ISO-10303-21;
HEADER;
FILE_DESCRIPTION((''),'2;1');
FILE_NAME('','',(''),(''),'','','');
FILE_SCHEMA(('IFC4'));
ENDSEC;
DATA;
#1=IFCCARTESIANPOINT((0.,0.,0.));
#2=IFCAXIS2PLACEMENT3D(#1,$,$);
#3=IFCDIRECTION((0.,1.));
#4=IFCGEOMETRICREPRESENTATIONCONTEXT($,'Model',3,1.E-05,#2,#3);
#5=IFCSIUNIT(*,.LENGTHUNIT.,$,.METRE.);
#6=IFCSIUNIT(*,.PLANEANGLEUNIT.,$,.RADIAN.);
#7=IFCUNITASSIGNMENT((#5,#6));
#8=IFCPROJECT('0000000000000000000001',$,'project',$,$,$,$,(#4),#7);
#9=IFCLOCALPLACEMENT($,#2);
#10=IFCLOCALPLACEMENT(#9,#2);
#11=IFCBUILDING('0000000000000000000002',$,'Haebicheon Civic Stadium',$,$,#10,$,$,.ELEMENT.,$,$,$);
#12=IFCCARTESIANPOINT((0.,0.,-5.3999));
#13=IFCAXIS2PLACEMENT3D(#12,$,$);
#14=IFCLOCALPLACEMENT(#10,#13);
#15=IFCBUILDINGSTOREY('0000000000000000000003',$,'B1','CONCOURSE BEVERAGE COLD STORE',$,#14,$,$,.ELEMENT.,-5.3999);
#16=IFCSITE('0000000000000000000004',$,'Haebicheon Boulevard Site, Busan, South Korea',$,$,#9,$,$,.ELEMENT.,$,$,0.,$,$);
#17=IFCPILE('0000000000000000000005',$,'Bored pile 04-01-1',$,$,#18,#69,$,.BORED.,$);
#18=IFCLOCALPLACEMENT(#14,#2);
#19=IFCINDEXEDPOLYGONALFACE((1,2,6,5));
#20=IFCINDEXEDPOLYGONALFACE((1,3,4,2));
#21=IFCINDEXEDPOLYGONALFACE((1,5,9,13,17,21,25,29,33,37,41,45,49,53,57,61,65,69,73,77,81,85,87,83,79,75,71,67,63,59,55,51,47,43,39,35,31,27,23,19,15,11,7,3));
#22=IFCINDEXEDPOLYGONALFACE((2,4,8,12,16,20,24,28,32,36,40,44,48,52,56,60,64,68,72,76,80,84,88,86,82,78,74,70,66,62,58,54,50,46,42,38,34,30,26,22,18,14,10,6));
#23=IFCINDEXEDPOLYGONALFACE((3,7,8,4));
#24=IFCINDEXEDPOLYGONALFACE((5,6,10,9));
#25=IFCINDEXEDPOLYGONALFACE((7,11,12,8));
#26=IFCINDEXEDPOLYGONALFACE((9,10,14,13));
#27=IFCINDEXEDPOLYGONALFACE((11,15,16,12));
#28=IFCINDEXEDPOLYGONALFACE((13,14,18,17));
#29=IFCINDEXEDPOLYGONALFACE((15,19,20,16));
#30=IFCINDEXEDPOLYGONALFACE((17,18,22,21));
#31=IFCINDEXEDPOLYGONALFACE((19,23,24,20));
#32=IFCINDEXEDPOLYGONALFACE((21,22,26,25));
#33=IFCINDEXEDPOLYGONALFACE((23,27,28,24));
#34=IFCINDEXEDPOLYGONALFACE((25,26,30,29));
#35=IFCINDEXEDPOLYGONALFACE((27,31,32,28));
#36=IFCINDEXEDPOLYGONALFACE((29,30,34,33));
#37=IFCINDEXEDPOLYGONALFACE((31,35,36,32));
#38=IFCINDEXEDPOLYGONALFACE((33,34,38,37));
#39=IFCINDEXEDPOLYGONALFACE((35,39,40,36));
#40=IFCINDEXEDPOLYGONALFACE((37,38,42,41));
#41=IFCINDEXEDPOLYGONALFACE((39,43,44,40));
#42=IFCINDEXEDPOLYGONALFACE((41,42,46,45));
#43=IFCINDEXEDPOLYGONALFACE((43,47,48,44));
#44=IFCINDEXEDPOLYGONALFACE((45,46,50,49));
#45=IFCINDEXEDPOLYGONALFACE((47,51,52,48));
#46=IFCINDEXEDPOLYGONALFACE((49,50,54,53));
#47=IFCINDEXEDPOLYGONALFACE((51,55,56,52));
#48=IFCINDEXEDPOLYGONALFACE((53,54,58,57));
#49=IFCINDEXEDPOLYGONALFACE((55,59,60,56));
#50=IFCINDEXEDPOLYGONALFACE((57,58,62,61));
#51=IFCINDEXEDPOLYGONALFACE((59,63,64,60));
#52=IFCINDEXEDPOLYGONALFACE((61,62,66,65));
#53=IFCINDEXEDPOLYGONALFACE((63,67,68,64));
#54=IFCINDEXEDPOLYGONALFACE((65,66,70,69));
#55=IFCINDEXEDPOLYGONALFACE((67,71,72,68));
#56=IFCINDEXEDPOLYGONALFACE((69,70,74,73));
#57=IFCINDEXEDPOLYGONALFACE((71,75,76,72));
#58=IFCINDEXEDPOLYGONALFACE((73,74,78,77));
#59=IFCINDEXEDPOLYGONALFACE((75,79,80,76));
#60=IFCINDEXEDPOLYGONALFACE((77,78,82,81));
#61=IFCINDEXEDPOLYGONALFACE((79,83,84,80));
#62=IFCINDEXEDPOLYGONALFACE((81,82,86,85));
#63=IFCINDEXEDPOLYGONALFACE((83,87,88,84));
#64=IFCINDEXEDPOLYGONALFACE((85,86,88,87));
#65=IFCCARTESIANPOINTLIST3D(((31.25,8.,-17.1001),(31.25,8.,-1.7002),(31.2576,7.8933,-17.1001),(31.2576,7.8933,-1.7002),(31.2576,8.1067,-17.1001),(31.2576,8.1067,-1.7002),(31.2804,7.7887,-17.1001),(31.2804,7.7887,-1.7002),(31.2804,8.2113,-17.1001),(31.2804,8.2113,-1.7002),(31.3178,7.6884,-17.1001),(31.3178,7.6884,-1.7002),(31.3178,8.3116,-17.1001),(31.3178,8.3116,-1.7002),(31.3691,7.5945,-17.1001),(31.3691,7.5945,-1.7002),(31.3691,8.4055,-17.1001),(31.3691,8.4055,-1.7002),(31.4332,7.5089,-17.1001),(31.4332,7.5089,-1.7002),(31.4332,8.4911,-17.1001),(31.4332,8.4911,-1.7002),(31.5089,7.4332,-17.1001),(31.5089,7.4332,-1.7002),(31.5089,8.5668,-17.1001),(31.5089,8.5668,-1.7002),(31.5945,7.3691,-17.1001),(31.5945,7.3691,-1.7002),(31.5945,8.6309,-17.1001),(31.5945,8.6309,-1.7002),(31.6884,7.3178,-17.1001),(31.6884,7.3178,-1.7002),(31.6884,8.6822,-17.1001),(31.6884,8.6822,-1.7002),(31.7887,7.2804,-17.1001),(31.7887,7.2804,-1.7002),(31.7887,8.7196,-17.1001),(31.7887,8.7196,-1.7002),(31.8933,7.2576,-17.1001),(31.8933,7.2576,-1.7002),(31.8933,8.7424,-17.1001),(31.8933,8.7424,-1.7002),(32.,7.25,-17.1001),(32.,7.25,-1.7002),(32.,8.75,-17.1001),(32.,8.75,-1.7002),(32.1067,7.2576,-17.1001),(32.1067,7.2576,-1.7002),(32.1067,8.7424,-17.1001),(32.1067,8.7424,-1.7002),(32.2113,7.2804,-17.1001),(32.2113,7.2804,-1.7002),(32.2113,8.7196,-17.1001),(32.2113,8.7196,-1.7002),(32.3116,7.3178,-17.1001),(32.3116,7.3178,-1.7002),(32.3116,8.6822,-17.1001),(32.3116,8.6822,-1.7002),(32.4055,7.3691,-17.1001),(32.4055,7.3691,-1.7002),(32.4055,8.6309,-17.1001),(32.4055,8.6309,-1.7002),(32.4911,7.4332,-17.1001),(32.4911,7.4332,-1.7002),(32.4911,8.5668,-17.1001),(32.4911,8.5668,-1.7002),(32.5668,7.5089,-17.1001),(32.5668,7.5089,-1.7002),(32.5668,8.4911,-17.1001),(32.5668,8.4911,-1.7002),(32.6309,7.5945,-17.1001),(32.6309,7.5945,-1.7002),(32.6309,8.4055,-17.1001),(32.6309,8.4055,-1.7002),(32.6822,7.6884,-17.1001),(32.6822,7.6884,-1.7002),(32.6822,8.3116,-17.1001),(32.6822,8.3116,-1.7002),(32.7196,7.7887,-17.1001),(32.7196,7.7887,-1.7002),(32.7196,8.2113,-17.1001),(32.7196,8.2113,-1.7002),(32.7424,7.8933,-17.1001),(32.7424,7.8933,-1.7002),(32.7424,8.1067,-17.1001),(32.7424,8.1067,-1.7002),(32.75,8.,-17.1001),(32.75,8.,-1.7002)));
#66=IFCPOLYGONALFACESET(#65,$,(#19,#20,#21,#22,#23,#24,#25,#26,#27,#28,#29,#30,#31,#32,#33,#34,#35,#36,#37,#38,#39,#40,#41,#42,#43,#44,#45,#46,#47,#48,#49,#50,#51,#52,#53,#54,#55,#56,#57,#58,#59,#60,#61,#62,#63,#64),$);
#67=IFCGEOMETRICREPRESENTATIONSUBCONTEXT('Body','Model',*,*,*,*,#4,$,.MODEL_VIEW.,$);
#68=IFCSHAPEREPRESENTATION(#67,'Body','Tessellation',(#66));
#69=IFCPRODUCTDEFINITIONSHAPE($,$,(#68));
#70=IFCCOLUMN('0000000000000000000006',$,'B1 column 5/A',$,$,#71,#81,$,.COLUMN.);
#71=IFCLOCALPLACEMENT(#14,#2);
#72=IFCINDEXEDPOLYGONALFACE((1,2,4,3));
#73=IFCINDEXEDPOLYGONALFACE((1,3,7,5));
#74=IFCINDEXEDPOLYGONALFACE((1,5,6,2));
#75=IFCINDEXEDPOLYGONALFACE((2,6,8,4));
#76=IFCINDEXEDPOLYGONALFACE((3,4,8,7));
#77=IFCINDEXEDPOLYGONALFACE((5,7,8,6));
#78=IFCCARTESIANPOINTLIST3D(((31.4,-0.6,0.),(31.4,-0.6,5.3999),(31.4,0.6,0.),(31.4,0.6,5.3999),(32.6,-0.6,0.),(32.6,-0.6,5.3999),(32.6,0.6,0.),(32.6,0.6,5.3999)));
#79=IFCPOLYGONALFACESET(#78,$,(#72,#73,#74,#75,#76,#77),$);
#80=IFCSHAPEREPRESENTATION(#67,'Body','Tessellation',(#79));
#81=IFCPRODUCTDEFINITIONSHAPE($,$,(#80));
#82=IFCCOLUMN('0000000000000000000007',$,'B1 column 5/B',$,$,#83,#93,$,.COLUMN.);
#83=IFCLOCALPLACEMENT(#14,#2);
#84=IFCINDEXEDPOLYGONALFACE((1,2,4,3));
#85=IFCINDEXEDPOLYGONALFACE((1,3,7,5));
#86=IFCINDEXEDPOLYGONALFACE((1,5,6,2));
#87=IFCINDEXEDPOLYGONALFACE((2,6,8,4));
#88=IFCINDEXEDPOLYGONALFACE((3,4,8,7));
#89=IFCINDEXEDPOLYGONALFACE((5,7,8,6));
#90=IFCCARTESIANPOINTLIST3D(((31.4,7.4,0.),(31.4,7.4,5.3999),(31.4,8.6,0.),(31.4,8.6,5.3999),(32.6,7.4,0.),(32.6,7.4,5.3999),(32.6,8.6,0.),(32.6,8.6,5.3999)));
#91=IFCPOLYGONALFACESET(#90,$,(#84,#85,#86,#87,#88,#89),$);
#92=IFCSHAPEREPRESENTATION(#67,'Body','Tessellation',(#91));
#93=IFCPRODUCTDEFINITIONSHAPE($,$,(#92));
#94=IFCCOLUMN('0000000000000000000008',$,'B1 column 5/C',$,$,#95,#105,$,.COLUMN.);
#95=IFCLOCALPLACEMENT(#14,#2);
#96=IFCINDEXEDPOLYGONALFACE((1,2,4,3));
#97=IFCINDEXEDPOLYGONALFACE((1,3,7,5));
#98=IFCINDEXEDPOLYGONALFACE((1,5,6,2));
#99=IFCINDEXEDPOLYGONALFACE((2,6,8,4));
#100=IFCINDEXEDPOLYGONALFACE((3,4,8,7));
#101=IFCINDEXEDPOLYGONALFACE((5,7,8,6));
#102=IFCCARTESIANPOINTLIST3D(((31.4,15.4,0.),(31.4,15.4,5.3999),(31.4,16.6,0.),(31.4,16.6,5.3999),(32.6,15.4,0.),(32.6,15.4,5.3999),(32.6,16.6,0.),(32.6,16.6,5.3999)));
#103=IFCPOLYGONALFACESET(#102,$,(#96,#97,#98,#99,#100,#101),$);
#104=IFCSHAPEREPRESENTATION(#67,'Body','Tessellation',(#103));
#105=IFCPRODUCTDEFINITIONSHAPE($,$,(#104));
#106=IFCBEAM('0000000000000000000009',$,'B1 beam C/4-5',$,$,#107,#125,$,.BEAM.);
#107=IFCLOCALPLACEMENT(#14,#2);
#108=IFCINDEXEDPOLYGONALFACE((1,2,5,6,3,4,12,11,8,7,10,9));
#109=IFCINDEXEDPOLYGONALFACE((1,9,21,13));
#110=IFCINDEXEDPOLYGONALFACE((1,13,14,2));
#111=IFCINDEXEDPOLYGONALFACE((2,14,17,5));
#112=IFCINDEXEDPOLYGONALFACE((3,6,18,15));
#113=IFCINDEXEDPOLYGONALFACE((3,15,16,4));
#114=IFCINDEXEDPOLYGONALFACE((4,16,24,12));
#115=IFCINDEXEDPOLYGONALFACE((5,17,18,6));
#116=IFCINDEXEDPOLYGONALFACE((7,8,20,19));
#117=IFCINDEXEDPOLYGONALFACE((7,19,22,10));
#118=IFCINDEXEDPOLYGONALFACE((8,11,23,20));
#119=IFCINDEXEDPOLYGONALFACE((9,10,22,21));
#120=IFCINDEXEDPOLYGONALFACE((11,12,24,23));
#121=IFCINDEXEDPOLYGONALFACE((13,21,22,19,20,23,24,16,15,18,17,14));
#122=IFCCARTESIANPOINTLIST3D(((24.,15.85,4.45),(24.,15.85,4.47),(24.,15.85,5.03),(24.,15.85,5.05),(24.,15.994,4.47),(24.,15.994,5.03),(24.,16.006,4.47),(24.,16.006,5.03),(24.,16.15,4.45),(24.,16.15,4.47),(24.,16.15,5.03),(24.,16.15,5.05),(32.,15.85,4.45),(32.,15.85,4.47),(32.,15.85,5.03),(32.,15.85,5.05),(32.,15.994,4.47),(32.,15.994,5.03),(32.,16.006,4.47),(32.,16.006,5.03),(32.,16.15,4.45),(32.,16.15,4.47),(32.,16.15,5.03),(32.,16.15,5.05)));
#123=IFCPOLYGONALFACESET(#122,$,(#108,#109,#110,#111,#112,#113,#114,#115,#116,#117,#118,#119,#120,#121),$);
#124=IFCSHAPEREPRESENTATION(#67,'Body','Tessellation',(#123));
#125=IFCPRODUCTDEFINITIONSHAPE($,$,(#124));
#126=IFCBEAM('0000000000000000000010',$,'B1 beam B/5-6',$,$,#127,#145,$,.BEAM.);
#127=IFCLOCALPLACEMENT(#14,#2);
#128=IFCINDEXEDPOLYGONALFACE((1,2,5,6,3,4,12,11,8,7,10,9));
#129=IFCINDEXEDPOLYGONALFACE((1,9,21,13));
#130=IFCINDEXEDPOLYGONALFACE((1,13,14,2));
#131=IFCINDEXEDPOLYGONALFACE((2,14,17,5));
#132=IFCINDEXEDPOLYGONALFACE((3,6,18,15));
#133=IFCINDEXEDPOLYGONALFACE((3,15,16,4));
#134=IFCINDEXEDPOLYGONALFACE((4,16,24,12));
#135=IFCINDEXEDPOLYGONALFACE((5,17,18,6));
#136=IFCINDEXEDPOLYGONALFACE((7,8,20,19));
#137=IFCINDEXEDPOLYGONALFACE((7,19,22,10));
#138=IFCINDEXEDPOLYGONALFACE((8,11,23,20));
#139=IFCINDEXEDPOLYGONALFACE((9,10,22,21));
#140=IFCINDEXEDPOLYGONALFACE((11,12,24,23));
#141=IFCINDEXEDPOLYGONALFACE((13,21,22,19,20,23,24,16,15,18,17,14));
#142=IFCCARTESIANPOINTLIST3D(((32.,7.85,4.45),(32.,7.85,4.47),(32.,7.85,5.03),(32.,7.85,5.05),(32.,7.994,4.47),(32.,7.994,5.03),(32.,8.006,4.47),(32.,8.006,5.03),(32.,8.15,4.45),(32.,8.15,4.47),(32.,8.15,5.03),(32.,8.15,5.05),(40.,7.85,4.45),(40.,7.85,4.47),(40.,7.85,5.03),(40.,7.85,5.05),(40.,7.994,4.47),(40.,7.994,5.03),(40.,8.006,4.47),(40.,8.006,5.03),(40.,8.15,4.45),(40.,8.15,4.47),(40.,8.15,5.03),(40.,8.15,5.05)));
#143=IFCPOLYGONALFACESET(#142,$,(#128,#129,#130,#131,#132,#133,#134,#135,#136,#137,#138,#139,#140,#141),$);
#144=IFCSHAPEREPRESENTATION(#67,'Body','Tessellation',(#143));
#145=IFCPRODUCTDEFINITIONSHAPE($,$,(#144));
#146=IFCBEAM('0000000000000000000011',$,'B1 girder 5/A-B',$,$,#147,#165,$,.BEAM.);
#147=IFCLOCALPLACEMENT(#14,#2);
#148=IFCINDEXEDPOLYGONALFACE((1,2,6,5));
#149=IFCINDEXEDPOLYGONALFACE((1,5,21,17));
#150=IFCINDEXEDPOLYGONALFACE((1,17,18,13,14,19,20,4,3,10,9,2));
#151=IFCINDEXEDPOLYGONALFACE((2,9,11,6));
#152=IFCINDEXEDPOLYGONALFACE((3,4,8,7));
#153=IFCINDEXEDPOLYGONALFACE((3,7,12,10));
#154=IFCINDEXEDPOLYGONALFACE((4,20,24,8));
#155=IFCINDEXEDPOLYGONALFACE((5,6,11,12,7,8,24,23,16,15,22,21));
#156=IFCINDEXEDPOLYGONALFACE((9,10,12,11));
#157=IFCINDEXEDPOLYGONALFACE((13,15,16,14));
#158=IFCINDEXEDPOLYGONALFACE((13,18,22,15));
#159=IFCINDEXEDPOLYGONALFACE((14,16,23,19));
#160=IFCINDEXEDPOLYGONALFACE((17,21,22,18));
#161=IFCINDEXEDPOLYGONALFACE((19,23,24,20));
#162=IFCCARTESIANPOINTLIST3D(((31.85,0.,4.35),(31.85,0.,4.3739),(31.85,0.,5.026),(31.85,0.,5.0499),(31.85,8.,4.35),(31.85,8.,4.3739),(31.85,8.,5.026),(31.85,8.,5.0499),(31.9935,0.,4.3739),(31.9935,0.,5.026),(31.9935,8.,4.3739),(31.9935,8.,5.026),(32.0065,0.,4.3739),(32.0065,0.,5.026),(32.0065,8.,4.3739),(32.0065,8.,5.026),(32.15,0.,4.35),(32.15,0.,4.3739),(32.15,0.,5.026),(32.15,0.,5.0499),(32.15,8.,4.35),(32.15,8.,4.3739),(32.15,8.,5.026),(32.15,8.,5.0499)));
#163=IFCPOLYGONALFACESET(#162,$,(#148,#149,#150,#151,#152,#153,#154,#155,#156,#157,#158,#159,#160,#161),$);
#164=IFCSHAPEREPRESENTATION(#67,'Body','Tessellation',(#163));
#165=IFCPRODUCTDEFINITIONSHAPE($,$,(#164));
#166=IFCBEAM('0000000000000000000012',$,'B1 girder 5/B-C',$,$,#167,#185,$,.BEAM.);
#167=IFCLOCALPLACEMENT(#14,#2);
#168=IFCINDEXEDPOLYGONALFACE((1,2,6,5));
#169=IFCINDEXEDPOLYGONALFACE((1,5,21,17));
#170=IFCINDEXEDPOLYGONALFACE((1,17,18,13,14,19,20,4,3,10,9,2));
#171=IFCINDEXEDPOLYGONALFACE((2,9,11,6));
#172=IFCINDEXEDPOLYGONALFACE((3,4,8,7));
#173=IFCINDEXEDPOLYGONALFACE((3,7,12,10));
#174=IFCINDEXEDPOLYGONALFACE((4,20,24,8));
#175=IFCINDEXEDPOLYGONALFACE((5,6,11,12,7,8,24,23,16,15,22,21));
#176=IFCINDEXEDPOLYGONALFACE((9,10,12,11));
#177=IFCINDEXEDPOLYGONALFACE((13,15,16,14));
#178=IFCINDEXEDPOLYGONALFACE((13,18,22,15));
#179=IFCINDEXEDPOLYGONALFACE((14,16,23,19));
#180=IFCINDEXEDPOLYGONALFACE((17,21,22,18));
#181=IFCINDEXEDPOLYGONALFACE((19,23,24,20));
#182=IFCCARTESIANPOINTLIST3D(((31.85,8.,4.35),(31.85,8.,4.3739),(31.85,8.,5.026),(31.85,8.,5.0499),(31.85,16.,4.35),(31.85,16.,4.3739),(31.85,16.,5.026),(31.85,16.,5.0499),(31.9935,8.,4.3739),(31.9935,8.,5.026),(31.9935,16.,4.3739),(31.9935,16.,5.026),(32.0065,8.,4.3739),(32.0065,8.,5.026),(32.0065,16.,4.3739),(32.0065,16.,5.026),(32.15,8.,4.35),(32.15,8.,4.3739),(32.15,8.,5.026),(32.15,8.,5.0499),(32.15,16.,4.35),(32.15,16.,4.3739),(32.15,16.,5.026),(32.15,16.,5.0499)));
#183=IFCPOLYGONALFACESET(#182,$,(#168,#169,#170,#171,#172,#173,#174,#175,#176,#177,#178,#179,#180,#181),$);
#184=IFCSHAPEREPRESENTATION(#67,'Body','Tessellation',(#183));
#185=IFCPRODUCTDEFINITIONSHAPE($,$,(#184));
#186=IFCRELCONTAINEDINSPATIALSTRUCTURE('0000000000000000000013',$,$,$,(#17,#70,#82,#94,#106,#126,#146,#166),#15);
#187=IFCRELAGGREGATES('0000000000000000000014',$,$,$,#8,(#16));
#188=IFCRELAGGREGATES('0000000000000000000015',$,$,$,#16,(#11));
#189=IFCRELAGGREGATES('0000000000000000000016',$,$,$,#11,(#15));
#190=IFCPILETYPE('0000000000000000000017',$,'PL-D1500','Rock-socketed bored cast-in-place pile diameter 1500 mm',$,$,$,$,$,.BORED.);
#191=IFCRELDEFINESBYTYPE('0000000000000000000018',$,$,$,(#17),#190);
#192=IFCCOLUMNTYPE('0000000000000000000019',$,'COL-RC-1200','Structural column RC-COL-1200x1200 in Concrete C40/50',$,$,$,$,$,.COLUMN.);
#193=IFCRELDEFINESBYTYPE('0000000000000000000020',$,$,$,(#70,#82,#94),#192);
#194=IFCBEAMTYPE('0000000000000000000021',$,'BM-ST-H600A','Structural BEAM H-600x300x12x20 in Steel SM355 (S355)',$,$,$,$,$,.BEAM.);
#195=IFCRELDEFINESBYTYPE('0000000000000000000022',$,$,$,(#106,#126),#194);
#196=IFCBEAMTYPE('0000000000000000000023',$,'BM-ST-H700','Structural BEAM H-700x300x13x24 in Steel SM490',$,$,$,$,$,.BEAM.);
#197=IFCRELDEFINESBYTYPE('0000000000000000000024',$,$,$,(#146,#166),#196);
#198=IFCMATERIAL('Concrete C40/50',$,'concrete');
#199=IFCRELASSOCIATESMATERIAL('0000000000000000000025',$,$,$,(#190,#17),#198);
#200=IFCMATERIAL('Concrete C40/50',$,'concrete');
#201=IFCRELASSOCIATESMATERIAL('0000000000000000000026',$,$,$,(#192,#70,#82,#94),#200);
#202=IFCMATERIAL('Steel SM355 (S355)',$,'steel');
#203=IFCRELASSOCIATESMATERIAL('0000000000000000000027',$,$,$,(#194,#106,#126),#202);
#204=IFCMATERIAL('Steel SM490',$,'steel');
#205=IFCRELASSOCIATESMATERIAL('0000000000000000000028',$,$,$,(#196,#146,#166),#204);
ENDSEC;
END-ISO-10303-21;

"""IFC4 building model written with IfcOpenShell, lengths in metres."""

from ifc_helpers import new_model, si_unit, direction, frame, origin, origin_2d, place, context, subcontext, project, spatial, rectangle, circle, i_section, extrude, material, material_profile, profile_set, type_object, element, save


model = new_model("IFC4")

# Units and contexts
model_context = context("Model", 3, precision=1e-05, world=origin(), true_north=direction((0.0, 1.0)))
body_context = subcontext(model_context, "Body", "Model", "MODEL_VIEW")
ifc_project = project(units=[si_unit("LENGTHUNIT", "METRE"), si_unit("PLANEANGLEUNIT", "RADIAN")], contexts=[model_context])

# Site, building, storey
site_placement = place(None, origin())
site = spatial("IfcSite", under=ifc_project, at=site_placement, Name="Haebicheon Boulevard Site, Busan, South Korea", CompositionType="ELEMENT", RefElevation=0.0)
building_placement = place(site_placement, origin())
building = spatial("IfcBuilding", under=site, at=building_placement, Name="Haebicheon Civic Stadium", CompositionType="ELEMENT")
storey_placement = place(building_placement, frame((0.0, 0.0, -5.3999)))
storey = spatial("IfcBuildingStorey", under=building, at=storey_placement, Name="B1", Description="CONCOURSE BEVERAGE COLD STORE", CompositionType="ELEMENT", Elevation=-5.3999)

# Pile
ifc_material_1 = material(Name="Concrete C40/50", Category="concrete")
ifc_material_profile_1 = material_profile(ifc_material_1, circle(Radius=0.75, at=origin_2d()), Name="PILE-D1500")
ifc_profile_set_1 = profile_set([ifc_material_profile_1], Name="Concrete C40/50")
pile_type_1 = type_object("IfcPileType", Name="PL-D1500", Description="Rock-socketed bored cast-in-place pile diameter 1500 mm", PredefinedType="BORED", material=ifc_profile_set_1)
pile_1_placement = place(storey_placement, frame((32.0, 8.0, -1.7002), z_axis=(0.0, 0.0, -1.0), x_axis=(1.0, 0.0, 0.0)))
element("IfcPile", 1, at=pile_1_placement, inside=storey, type_object=pile_type_1, material=ifc_profile_set_1, Name="Bored pile 04-01-1", PredefinedType="BORED", context=body_context, shape_type="SweptSolid", body=[
    extrude(circle(Radius=0.75, at=origin_2d()), origin(), (0.0, 0.0, 1.0), 15.3999),
])

# Columns
ifc_material_2 = material(Name="Concrete C40/50", Category="concrete")
ifc_material_profile_2 = material_profile(ifc_material_2, rectangle(XDim=1.2, YDim=1.2, at=origin_2d()), Name="RC-COL-1200x1200")
ifc_profile_set_2 = profile_set([ifc_material_profile_2], Name="Concrete C40/50")
column_type = type_object("IfcColumnType", Name="COL-RC-1200", Description="Structural column RC-COL-1200x1200 in Concrete C40/50", PredefinedType="COLUMN", material=ifc_profile_set_2)
for number, where, z_axis, x_axis, name in (
    (2, (32.0, 0.0, 0.0), (0.0, 0.0, 1.0), (1.0, 0.0, 0.0), "B1 column 5/A"),
    (3, (32.0, 8.0, 0.0), (0.0, 0.0, 1.0), (1.0, 0.0, 0.0), "B1 column 5/B"),
    (4, (32.0, 16.0, 0.0), (0.0, 0.0, 1.0), (1.0, 0.0, 0.0), "B1 column 5/C"),
):
    element("IfcColumn", number, at=place(storey_placement, frame(where, z_axis=z_axis, x_axis=x_axis)), inside=storey, type_object=column_type, material=ifc_profile_set_2, Name=name, PredefinedType="COLUMN", context=body_context, shape_type="SweptSolid", body=[
        extrude(rectangle(XDim=1.2, YDim=1.2, at=origin_2d()), origin(), (0.0, 0.0, 1.0), 5.3999),
    ])

# Beams
ifc_material_3 = material(Name="Steel SM355 (S355)", Category="steel")
ifc_material_profile_3 = material_profile(ifc_material_3, i_section(OverallWidth=0.3, OverallDepth=0.6001, WebThickness=0.012, FlangeThickness=0.02, at=origin_2d()), Name="H-600x300x12x20")
ifc_profile_set_3 = profile_set([ifc_material_profile_3], Name="Steel SM355 (S355)")
beam_type_1 = type_object("IfcBeamType", Name="BM-ST-H600A", Description="Structural BEAM H-600x300x12x20 in Steel SM355 (S355)", PredefinedType="BEAM", material=ifc_profile_set_3)
for number, where, z_axis, x_axis, name in (
    (5, (24.0, 16.0, 4.75), (1.0, 0.0, 0.0), (0.0, 1.0, 0.0), "B1 beam C/4-5"),
    (6, (32.0, 8.0, 4.75), (1.0, 0.0, 0.0), (0.0, 1.0, 0.0), "B1 beam B/5-6"),
):
    element("IfcBeam", number, at=place(storey_placement, frame(where, z_axis=z_axis, x_axis=x_axis)), inside=storey, type_object=beam_type_1, material=ifc_profile_set_3, Name=name, PredefinedType="BEAM", context=body_context, shape_type="SweptSolid", body=[
        extrude(i_section(OverallWidth=0.3, OverallDepth=0.6001, WebThickness=0.012, FlangeThickness=0.02, at=origin_2d()), origin(), (0.0, 0.0, 1.0), 8.0),
    ])
ifc_material_4 = material(Name="Steel SM490", Category="steel")
ifc_material_profile_4 = material_profile(ifc_material_4, i_section(OverallWidth=0.3, OverallDepth=0.7, WebThickness=0.0129, FlangeThickness=0.0239, at=origin_2d()), Name="H-700x300x13x24")
ifc_profile_set_4 = profile_set([ifc_material_profile_4], Name="Steel SM490")
beam_type_2 = type_object("IfcBeamType", Name="BM-ST-H700", Description="Structural BEAM H-700x300x13x24 in Steel SM490", PredefinedType="BEAM", material=ifc_profile_set_4)
for number, where, z_axis, x_axis, name in (
    (7, (32.0, 0.0, 4.7), (0.0, 1.0, 0.0), (-1.0, 0.0, 0.0), "B1 girder 5/A-B"),
    (8, (32.0, 8.0, 4.7), (0.0, 1.0, 0.0), (-1.0, 0.0, 0.0), "B1 girder 5/B-C"),
):
    element("IfcBeam", number, at=place(storey_placement, frame(where, z_axis=z_axis, x_axis=x_axis)), inside=storey, type_object=beam_type_2, material=ifc_profile_set_4, Name=name, PredefinedType="BEAM", context=body_context, shape_type="SweptSolid", body=[
        extrude(i_section(OverallWidth=0.3, OverallDepth=0.7, WebThickness=0.0129, FlangeThickness=0.0239, at=origin_2d()), origin(), (0.0, 0.0, 1.0), 8.0),
    ])

save(model, "model.ifc")
